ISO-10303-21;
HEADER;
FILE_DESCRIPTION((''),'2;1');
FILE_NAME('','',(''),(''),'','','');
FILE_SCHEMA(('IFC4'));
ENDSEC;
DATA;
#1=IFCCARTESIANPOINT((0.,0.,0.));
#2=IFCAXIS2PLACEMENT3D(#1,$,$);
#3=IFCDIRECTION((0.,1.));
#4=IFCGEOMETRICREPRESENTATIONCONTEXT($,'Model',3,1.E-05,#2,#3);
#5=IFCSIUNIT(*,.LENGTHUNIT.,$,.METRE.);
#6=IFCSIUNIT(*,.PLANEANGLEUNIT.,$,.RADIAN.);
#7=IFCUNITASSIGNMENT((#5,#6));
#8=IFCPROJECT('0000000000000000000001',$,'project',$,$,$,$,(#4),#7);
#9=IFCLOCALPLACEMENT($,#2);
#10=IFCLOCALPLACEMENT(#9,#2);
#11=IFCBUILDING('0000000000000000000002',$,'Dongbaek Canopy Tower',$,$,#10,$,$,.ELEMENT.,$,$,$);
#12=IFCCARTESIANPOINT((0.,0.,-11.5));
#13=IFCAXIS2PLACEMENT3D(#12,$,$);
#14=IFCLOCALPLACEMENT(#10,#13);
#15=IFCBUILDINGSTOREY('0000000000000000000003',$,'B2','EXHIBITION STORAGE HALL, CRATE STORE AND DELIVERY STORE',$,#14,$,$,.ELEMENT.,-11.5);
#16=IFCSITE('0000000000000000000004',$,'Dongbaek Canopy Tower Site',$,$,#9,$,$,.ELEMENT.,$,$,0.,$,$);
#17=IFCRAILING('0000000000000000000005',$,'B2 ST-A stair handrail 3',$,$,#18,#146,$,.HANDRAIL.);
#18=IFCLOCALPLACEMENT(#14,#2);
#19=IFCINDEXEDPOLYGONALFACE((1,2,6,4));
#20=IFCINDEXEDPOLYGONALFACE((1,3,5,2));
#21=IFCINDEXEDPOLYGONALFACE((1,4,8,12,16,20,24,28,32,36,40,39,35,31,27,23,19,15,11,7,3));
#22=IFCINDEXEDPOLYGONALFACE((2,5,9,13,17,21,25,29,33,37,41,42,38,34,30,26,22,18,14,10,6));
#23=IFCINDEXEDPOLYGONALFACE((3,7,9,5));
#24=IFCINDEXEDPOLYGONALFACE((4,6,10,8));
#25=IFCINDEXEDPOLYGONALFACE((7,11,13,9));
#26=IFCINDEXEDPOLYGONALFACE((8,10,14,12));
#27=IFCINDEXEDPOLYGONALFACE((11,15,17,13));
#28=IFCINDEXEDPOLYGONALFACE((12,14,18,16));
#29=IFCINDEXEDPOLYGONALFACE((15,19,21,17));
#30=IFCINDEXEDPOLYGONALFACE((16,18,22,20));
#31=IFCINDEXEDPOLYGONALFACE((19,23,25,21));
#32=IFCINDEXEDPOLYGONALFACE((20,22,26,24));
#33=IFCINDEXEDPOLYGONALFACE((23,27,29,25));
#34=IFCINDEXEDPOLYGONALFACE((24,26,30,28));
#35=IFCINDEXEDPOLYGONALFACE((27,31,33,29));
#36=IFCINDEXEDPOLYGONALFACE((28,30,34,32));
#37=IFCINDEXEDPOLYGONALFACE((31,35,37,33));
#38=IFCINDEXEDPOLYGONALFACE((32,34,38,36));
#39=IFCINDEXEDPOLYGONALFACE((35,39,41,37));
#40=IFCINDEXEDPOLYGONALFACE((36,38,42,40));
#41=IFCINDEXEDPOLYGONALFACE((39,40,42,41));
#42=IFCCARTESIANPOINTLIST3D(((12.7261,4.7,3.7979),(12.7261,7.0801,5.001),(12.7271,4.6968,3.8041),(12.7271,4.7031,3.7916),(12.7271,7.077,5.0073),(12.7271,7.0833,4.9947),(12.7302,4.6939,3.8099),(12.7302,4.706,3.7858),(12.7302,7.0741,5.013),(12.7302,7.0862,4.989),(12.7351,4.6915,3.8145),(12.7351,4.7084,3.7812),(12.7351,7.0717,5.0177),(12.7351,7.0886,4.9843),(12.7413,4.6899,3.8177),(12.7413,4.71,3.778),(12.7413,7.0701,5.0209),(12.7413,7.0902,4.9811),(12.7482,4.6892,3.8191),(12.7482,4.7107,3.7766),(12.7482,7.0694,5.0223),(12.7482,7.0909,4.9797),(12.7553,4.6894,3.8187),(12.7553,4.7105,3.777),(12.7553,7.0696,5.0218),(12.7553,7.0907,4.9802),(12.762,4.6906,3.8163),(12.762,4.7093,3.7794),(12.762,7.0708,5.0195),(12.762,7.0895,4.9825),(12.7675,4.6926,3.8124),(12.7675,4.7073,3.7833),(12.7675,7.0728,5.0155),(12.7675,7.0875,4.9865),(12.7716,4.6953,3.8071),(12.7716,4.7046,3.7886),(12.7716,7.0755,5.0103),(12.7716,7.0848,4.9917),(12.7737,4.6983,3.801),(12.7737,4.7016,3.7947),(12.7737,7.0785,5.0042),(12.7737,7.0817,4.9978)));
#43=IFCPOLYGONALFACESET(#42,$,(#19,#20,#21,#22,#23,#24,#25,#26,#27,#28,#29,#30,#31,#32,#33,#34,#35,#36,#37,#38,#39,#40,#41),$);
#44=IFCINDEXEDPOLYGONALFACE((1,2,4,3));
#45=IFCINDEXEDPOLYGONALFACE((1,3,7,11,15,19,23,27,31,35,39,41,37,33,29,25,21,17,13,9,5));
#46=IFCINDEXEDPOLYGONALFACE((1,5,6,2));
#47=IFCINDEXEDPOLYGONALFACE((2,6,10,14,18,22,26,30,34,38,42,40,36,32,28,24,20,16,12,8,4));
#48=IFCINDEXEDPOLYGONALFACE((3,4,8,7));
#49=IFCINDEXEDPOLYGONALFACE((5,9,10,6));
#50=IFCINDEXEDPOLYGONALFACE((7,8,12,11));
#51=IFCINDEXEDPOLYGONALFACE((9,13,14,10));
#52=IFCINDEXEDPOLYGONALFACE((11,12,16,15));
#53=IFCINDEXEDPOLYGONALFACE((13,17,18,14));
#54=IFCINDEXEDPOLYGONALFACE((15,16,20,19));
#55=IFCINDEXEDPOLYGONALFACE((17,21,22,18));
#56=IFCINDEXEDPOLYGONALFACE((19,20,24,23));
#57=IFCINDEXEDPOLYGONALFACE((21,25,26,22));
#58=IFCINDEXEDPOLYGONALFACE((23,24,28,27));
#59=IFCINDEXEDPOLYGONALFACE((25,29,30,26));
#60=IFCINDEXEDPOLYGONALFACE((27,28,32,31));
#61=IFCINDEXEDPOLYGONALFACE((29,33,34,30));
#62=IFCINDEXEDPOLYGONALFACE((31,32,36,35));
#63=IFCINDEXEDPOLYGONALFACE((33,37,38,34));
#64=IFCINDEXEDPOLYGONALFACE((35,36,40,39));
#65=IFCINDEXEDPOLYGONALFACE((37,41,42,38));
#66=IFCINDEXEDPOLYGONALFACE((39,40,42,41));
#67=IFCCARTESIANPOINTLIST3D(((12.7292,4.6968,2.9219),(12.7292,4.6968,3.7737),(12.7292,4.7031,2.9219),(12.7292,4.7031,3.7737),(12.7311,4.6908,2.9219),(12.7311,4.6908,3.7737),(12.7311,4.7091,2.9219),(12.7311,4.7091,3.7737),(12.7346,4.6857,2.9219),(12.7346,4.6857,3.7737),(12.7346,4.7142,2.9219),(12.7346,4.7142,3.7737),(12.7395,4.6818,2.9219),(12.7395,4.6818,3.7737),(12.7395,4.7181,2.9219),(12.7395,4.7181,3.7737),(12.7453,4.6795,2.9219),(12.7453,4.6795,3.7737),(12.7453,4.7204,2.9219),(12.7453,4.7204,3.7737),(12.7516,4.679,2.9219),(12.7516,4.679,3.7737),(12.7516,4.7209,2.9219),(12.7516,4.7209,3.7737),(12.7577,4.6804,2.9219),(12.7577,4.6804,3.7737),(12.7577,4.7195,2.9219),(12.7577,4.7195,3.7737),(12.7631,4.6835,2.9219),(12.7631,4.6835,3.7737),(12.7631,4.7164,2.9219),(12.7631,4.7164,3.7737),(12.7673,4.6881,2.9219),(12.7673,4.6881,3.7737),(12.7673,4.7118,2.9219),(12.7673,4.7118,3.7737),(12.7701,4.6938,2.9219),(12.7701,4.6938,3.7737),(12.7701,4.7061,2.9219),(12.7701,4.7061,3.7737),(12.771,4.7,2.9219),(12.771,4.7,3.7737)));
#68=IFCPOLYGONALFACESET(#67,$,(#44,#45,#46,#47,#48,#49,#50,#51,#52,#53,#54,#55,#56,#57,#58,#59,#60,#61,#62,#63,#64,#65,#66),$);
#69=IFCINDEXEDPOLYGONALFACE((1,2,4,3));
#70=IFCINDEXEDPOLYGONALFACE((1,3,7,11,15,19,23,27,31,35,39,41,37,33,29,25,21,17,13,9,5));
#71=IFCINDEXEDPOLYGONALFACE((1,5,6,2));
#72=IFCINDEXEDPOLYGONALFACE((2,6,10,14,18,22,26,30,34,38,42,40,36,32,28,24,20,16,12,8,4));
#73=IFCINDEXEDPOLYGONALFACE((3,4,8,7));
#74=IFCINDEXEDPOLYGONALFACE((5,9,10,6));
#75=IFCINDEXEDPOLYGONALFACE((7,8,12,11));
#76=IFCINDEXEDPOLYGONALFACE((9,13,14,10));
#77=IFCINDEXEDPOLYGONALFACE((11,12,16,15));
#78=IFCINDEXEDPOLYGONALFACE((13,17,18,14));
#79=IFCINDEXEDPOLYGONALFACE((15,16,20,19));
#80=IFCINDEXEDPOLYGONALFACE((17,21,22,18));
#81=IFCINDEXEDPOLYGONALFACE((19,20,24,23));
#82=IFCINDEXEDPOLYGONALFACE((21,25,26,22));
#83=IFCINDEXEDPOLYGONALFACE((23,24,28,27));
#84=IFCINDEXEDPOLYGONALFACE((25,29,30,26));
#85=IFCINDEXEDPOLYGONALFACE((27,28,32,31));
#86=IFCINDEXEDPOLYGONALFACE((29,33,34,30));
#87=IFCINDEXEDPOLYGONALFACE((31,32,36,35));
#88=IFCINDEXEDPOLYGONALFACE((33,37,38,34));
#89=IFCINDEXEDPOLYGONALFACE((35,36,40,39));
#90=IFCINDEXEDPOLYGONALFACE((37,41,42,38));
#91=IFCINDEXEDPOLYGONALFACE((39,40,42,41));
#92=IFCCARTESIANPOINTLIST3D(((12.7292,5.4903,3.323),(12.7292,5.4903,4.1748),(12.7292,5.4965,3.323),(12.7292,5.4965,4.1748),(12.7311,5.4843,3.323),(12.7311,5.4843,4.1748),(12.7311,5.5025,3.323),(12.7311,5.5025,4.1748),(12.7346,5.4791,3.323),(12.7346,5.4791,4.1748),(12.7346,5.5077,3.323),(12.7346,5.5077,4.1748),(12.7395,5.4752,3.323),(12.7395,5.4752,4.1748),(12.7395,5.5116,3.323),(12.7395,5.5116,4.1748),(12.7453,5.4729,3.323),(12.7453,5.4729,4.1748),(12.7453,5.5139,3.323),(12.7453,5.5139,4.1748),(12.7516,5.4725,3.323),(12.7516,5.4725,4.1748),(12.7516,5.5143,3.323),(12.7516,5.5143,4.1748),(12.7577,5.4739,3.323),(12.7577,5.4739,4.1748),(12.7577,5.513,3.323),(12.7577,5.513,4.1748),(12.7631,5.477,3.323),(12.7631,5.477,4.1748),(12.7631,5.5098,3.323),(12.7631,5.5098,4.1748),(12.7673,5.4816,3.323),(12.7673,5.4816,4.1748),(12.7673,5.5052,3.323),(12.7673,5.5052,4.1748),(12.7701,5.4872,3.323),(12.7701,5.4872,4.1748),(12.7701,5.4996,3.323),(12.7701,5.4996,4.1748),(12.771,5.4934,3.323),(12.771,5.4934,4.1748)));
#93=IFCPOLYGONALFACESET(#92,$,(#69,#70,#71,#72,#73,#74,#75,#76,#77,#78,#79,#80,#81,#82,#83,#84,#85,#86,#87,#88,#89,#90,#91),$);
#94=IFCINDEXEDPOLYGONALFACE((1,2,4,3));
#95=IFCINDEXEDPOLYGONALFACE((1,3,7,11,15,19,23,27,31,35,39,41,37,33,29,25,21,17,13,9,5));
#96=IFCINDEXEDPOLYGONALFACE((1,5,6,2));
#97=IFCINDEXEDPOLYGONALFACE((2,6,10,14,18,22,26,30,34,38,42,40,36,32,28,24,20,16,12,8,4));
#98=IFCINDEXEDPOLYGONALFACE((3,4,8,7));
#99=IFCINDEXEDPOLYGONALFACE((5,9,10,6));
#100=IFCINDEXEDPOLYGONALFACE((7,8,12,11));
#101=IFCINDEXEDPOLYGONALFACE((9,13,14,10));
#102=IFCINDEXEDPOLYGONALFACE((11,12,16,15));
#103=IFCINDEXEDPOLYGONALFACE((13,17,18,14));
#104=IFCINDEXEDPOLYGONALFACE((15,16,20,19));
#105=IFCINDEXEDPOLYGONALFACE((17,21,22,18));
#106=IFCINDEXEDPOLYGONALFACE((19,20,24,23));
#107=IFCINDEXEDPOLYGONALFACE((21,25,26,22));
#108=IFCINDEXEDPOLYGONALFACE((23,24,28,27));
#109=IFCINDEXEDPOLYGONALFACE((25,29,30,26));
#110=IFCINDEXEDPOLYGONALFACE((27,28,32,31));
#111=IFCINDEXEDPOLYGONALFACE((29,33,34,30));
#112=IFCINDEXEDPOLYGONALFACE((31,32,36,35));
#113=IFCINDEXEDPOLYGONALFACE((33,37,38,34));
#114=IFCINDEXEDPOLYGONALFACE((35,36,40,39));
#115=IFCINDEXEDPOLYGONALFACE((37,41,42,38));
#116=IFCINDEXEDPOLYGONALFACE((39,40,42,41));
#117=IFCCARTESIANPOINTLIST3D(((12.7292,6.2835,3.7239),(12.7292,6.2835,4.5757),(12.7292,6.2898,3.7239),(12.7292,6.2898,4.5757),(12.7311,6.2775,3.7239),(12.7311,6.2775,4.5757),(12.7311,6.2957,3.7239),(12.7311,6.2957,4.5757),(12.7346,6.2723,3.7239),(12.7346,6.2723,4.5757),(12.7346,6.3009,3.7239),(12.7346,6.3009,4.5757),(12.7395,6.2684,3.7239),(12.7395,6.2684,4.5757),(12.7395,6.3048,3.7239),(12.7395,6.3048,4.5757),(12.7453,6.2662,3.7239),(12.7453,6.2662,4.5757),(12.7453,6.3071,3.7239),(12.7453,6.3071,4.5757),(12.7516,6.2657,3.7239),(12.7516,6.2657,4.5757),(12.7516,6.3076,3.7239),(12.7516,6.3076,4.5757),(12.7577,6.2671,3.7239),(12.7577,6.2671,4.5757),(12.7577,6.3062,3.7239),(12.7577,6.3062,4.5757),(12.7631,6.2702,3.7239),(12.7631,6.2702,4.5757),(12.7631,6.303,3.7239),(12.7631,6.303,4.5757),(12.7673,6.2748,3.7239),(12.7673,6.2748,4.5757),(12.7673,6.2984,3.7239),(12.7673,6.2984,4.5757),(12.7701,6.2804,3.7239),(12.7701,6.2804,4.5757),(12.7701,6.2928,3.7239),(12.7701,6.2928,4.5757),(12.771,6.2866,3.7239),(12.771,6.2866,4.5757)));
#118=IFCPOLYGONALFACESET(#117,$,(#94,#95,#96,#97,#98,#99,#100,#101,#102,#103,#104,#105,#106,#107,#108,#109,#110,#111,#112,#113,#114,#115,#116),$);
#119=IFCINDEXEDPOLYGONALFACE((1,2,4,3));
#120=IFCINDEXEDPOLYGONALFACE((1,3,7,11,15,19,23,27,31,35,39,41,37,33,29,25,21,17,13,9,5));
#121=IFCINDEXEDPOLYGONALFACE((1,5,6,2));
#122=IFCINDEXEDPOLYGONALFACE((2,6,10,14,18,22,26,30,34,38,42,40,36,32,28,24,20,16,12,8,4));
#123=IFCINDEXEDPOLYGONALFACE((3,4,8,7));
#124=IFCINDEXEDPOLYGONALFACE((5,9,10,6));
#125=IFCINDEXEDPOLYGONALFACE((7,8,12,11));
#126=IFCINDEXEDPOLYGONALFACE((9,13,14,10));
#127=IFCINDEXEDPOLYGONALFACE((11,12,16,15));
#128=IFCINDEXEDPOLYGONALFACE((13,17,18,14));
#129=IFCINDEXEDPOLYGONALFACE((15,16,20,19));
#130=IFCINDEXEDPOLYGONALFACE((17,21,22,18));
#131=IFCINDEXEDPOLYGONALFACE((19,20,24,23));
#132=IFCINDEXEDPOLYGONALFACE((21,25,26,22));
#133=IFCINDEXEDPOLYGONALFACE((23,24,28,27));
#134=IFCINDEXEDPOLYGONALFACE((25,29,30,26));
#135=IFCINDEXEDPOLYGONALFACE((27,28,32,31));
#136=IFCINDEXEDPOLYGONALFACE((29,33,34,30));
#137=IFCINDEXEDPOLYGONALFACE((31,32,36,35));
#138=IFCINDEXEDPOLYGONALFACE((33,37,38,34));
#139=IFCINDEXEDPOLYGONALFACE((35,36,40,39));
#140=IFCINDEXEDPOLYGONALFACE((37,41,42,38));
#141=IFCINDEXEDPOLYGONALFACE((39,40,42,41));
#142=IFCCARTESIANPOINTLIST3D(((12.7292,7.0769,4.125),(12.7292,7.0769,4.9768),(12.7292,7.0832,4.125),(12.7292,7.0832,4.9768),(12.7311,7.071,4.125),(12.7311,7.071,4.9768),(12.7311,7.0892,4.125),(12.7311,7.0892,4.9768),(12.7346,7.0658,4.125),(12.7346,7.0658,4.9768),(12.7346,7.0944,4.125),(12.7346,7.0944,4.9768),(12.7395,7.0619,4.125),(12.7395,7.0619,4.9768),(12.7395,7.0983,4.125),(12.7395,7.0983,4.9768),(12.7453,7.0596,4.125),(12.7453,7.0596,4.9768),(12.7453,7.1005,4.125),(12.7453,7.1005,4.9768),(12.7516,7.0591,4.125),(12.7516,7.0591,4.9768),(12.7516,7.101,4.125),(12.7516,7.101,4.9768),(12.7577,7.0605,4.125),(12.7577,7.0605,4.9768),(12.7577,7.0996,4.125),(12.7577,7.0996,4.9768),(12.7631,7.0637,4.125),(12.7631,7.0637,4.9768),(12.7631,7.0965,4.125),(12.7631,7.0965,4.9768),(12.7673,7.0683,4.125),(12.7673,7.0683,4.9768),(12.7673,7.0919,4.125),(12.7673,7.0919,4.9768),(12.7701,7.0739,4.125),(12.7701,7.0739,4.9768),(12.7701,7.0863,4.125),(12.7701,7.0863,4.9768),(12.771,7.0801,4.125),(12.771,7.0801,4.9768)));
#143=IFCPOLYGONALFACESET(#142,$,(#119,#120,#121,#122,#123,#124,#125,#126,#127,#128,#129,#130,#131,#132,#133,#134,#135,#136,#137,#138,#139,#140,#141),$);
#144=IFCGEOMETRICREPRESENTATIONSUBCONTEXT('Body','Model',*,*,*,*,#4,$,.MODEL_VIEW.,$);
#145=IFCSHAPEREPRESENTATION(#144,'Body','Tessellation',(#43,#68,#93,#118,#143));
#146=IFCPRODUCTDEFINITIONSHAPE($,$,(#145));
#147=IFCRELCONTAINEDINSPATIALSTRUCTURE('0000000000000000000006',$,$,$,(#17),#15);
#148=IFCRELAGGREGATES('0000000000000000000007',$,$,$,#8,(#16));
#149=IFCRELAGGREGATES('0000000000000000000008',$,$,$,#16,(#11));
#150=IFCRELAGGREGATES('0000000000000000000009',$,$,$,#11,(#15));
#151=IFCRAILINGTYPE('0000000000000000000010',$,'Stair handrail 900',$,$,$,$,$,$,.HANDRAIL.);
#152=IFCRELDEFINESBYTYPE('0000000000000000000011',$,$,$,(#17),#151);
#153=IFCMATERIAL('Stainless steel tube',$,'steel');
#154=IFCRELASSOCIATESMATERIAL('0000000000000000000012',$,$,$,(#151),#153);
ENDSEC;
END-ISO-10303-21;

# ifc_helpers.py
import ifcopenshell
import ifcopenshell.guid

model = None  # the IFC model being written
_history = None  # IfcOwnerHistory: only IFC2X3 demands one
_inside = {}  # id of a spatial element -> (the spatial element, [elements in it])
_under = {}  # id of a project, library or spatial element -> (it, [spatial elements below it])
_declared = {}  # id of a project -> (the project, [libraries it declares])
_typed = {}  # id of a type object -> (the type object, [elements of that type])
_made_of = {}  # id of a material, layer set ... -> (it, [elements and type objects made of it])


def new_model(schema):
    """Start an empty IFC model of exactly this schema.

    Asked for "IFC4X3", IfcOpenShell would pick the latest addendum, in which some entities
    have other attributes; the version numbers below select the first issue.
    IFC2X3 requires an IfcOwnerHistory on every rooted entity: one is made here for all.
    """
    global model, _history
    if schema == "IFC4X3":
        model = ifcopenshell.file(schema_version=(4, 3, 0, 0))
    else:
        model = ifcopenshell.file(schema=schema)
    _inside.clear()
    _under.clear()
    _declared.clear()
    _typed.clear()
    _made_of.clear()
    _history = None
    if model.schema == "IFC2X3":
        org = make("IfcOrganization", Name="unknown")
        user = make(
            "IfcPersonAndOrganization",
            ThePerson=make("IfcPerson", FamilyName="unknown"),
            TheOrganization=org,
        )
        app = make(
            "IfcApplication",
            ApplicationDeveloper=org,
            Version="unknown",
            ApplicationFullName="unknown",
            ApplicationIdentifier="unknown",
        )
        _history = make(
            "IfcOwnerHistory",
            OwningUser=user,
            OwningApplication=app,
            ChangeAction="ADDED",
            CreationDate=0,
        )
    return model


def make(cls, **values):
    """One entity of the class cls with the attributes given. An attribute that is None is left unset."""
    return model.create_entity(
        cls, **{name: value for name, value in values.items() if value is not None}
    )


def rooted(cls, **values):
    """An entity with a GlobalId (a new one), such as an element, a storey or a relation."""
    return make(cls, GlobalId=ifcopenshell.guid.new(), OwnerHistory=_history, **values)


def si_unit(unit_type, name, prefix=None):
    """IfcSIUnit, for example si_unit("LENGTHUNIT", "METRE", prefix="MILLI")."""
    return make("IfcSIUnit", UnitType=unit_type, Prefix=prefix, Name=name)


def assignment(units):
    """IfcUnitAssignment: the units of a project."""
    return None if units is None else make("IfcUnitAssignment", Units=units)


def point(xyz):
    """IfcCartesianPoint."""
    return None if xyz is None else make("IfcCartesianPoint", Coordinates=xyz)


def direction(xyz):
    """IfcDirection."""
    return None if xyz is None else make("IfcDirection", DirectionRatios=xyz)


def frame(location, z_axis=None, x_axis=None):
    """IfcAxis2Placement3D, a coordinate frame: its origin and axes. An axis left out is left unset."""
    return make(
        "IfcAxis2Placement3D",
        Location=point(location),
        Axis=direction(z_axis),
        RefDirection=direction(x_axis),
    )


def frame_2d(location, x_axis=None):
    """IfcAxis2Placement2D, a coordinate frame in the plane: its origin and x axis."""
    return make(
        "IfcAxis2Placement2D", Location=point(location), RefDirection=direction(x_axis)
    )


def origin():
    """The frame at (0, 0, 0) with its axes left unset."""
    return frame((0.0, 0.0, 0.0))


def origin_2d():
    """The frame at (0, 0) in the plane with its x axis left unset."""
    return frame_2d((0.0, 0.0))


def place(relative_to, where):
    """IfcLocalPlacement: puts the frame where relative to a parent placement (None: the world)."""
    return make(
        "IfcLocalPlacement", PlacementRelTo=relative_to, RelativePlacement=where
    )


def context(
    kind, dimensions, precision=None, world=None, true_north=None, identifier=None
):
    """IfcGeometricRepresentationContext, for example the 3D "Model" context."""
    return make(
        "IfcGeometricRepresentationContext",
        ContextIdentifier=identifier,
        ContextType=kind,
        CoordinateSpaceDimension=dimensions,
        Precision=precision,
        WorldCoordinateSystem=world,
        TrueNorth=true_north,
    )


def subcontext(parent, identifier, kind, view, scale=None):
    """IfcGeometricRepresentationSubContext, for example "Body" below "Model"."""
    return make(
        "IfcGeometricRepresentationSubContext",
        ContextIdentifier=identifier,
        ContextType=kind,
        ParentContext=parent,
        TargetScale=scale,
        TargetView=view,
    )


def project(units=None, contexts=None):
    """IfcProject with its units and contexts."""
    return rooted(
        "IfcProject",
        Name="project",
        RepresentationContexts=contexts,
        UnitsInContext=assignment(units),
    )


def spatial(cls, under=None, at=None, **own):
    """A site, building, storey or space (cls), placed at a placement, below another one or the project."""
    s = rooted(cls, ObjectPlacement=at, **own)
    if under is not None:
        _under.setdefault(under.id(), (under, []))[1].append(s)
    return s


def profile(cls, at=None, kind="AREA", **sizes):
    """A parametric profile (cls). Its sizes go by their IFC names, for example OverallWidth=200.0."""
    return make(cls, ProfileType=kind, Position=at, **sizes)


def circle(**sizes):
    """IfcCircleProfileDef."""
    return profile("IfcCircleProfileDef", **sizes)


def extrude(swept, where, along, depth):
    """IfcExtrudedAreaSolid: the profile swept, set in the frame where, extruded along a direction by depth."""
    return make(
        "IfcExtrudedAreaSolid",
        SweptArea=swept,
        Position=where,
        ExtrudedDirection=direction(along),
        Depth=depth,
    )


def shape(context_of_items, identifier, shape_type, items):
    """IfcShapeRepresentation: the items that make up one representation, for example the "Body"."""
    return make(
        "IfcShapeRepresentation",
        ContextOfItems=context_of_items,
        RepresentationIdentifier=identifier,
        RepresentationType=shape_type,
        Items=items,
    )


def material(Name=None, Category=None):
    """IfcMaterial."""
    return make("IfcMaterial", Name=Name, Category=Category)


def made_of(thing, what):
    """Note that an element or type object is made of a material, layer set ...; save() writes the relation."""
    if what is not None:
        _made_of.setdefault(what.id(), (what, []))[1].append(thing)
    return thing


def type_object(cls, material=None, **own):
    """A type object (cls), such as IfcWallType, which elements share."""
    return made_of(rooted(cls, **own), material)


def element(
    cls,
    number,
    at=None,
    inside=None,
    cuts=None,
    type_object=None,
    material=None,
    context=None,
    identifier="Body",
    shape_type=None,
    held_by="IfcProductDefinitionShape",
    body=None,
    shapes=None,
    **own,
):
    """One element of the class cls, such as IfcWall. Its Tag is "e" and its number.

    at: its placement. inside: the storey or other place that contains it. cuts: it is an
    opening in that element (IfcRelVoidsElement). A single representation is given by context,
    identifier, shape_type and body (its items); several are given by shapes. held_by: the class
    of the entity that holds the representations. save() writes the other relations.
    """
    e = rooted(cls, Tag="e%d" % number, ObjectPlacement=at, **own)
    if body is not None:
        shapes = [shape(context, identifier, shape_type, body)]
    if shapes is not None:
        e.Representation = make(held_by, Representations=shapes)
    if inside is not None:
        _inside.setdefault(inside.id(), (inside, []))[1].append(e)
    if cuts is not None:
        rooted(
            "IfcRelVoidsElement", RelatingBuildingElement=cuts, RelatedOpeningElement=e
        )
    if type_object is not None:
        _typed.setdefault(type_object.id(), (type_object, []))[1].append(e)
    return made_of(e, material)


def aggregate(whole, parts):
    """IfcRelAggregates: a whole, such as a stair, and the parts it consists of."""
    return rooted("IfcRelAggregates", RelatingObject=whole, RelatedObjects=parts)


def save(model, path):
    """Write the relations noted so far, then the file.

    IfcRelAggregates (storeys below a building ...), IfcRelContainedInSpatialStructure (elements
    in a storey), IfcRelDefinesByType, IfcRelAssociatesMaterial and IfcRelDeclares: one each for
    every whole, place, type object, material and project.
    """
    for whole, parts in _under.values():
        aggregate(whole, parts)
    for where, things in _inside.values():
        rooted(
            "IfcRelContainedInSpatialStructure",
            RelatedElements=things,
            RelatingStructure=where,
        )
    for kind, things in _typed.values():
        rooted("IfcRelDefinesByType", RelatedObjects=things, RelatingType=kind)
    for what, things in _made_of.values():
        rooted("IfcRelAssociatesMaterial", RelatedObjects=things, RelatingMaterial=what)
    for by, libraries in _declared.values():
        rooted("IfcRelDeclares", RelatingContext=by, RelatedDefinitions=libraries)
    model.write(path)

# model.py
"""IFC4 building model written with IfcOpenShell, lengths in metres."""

from ifc_helpers import new_model, si_unit, direction, frame, origin, origin_2d, place, context, subcontext, project, spatial, circle, extrude, material, type_object, element, save


model = new_model("IFC4")

# Units and contexts
model_context = context("Model", 3, precision=1e-05, world=origin(), true_north=direction((0.0, 1.0)))
body_context = subcontext(model_context, "Body", "Model", "MODEL_VIEW")
ifc_project = project(units=[si_unit("LENGTHUNIT", "METRE"), si_unit("PLANEANGLEUNIT", "RADIAN")], contexts=[model_context])

# Site, building, storey
site_placement = place(None, origin())
site = spatial("IfcSite", under=ifc_project, at=site_placement, Name="Dongbaek Canopy Tower Site", CompositionType="ELEMENT", RefElevation=0.0)
building_placement = place(site_placement, origin())
building = spatial("IfcBuilding", under=site, at=building_placement, Name="Dongbaek Canopy Tower", CompositionType="ELEMENT")
storey_placement = place(building_placement, frame((0.0, 0.0, -11.5)))
storey = spatial("IfcBuildingStorey", under=building, at=storey_placement, Name="B2", Description="EXHIBITION STORAGE HALL, CRATE STORE AND DELIVERY STORE", CompositionType="ELEMENT", Elevation=-11.5)

# Railing
ifc_material_1 = material(Name="Stainless steel tube", Category="steel")
railing_type_1 = type_object("IfcRailingType", Name="Stair handrail 900", PredefinedType="HANDRAIL", material=ifc_material_1)
for number, where, name in (
    (1, (12.75, 4.7, 2.9219), "B2 ST-A stair handrail 3"),
):
    element("IfcRailing", number, at=place(storey_placement, frame(where)), inside=storey, type_object=railing_type_1, Name=name, PredefinedType="HANDRAIL", context=body_context, shape_type="SweptSolid", body=[
        extrude(circle(Radius=0.0239, at=origin_2d()), frame((0.0, 0.0, 0.876), z_axis=(0.0, 0.89246, 0.451127), x_axis=(-1.0, 0.0, 0.0)), (0.0, 0.0, 1.0), 2.667),
        extrude(circle(Radius=0.021, at=origin_2d()), origin(), (0.0, 0.0, 1.0), 0.8518),
        extrude(circle(Radius=0.021, at=origin_2d()), frame((0.0, 0.7935, 0.4011)), (0.0, 0.0, 1.0), 0.8518),
        extrude(circle(Radius=0.021, at=origin_2d()), frame((0.0, 1.5867, 0.802)), (0.0, 0.0, 1.0), 0.8518),
        extrude(circle(Radius=0.021, at=origin_2d()), frame((0.0, 2.3801, 1.2031)), (0.0, 0.0, 1.0), 0.8518),
    ])

save(model, "model.ifc")
